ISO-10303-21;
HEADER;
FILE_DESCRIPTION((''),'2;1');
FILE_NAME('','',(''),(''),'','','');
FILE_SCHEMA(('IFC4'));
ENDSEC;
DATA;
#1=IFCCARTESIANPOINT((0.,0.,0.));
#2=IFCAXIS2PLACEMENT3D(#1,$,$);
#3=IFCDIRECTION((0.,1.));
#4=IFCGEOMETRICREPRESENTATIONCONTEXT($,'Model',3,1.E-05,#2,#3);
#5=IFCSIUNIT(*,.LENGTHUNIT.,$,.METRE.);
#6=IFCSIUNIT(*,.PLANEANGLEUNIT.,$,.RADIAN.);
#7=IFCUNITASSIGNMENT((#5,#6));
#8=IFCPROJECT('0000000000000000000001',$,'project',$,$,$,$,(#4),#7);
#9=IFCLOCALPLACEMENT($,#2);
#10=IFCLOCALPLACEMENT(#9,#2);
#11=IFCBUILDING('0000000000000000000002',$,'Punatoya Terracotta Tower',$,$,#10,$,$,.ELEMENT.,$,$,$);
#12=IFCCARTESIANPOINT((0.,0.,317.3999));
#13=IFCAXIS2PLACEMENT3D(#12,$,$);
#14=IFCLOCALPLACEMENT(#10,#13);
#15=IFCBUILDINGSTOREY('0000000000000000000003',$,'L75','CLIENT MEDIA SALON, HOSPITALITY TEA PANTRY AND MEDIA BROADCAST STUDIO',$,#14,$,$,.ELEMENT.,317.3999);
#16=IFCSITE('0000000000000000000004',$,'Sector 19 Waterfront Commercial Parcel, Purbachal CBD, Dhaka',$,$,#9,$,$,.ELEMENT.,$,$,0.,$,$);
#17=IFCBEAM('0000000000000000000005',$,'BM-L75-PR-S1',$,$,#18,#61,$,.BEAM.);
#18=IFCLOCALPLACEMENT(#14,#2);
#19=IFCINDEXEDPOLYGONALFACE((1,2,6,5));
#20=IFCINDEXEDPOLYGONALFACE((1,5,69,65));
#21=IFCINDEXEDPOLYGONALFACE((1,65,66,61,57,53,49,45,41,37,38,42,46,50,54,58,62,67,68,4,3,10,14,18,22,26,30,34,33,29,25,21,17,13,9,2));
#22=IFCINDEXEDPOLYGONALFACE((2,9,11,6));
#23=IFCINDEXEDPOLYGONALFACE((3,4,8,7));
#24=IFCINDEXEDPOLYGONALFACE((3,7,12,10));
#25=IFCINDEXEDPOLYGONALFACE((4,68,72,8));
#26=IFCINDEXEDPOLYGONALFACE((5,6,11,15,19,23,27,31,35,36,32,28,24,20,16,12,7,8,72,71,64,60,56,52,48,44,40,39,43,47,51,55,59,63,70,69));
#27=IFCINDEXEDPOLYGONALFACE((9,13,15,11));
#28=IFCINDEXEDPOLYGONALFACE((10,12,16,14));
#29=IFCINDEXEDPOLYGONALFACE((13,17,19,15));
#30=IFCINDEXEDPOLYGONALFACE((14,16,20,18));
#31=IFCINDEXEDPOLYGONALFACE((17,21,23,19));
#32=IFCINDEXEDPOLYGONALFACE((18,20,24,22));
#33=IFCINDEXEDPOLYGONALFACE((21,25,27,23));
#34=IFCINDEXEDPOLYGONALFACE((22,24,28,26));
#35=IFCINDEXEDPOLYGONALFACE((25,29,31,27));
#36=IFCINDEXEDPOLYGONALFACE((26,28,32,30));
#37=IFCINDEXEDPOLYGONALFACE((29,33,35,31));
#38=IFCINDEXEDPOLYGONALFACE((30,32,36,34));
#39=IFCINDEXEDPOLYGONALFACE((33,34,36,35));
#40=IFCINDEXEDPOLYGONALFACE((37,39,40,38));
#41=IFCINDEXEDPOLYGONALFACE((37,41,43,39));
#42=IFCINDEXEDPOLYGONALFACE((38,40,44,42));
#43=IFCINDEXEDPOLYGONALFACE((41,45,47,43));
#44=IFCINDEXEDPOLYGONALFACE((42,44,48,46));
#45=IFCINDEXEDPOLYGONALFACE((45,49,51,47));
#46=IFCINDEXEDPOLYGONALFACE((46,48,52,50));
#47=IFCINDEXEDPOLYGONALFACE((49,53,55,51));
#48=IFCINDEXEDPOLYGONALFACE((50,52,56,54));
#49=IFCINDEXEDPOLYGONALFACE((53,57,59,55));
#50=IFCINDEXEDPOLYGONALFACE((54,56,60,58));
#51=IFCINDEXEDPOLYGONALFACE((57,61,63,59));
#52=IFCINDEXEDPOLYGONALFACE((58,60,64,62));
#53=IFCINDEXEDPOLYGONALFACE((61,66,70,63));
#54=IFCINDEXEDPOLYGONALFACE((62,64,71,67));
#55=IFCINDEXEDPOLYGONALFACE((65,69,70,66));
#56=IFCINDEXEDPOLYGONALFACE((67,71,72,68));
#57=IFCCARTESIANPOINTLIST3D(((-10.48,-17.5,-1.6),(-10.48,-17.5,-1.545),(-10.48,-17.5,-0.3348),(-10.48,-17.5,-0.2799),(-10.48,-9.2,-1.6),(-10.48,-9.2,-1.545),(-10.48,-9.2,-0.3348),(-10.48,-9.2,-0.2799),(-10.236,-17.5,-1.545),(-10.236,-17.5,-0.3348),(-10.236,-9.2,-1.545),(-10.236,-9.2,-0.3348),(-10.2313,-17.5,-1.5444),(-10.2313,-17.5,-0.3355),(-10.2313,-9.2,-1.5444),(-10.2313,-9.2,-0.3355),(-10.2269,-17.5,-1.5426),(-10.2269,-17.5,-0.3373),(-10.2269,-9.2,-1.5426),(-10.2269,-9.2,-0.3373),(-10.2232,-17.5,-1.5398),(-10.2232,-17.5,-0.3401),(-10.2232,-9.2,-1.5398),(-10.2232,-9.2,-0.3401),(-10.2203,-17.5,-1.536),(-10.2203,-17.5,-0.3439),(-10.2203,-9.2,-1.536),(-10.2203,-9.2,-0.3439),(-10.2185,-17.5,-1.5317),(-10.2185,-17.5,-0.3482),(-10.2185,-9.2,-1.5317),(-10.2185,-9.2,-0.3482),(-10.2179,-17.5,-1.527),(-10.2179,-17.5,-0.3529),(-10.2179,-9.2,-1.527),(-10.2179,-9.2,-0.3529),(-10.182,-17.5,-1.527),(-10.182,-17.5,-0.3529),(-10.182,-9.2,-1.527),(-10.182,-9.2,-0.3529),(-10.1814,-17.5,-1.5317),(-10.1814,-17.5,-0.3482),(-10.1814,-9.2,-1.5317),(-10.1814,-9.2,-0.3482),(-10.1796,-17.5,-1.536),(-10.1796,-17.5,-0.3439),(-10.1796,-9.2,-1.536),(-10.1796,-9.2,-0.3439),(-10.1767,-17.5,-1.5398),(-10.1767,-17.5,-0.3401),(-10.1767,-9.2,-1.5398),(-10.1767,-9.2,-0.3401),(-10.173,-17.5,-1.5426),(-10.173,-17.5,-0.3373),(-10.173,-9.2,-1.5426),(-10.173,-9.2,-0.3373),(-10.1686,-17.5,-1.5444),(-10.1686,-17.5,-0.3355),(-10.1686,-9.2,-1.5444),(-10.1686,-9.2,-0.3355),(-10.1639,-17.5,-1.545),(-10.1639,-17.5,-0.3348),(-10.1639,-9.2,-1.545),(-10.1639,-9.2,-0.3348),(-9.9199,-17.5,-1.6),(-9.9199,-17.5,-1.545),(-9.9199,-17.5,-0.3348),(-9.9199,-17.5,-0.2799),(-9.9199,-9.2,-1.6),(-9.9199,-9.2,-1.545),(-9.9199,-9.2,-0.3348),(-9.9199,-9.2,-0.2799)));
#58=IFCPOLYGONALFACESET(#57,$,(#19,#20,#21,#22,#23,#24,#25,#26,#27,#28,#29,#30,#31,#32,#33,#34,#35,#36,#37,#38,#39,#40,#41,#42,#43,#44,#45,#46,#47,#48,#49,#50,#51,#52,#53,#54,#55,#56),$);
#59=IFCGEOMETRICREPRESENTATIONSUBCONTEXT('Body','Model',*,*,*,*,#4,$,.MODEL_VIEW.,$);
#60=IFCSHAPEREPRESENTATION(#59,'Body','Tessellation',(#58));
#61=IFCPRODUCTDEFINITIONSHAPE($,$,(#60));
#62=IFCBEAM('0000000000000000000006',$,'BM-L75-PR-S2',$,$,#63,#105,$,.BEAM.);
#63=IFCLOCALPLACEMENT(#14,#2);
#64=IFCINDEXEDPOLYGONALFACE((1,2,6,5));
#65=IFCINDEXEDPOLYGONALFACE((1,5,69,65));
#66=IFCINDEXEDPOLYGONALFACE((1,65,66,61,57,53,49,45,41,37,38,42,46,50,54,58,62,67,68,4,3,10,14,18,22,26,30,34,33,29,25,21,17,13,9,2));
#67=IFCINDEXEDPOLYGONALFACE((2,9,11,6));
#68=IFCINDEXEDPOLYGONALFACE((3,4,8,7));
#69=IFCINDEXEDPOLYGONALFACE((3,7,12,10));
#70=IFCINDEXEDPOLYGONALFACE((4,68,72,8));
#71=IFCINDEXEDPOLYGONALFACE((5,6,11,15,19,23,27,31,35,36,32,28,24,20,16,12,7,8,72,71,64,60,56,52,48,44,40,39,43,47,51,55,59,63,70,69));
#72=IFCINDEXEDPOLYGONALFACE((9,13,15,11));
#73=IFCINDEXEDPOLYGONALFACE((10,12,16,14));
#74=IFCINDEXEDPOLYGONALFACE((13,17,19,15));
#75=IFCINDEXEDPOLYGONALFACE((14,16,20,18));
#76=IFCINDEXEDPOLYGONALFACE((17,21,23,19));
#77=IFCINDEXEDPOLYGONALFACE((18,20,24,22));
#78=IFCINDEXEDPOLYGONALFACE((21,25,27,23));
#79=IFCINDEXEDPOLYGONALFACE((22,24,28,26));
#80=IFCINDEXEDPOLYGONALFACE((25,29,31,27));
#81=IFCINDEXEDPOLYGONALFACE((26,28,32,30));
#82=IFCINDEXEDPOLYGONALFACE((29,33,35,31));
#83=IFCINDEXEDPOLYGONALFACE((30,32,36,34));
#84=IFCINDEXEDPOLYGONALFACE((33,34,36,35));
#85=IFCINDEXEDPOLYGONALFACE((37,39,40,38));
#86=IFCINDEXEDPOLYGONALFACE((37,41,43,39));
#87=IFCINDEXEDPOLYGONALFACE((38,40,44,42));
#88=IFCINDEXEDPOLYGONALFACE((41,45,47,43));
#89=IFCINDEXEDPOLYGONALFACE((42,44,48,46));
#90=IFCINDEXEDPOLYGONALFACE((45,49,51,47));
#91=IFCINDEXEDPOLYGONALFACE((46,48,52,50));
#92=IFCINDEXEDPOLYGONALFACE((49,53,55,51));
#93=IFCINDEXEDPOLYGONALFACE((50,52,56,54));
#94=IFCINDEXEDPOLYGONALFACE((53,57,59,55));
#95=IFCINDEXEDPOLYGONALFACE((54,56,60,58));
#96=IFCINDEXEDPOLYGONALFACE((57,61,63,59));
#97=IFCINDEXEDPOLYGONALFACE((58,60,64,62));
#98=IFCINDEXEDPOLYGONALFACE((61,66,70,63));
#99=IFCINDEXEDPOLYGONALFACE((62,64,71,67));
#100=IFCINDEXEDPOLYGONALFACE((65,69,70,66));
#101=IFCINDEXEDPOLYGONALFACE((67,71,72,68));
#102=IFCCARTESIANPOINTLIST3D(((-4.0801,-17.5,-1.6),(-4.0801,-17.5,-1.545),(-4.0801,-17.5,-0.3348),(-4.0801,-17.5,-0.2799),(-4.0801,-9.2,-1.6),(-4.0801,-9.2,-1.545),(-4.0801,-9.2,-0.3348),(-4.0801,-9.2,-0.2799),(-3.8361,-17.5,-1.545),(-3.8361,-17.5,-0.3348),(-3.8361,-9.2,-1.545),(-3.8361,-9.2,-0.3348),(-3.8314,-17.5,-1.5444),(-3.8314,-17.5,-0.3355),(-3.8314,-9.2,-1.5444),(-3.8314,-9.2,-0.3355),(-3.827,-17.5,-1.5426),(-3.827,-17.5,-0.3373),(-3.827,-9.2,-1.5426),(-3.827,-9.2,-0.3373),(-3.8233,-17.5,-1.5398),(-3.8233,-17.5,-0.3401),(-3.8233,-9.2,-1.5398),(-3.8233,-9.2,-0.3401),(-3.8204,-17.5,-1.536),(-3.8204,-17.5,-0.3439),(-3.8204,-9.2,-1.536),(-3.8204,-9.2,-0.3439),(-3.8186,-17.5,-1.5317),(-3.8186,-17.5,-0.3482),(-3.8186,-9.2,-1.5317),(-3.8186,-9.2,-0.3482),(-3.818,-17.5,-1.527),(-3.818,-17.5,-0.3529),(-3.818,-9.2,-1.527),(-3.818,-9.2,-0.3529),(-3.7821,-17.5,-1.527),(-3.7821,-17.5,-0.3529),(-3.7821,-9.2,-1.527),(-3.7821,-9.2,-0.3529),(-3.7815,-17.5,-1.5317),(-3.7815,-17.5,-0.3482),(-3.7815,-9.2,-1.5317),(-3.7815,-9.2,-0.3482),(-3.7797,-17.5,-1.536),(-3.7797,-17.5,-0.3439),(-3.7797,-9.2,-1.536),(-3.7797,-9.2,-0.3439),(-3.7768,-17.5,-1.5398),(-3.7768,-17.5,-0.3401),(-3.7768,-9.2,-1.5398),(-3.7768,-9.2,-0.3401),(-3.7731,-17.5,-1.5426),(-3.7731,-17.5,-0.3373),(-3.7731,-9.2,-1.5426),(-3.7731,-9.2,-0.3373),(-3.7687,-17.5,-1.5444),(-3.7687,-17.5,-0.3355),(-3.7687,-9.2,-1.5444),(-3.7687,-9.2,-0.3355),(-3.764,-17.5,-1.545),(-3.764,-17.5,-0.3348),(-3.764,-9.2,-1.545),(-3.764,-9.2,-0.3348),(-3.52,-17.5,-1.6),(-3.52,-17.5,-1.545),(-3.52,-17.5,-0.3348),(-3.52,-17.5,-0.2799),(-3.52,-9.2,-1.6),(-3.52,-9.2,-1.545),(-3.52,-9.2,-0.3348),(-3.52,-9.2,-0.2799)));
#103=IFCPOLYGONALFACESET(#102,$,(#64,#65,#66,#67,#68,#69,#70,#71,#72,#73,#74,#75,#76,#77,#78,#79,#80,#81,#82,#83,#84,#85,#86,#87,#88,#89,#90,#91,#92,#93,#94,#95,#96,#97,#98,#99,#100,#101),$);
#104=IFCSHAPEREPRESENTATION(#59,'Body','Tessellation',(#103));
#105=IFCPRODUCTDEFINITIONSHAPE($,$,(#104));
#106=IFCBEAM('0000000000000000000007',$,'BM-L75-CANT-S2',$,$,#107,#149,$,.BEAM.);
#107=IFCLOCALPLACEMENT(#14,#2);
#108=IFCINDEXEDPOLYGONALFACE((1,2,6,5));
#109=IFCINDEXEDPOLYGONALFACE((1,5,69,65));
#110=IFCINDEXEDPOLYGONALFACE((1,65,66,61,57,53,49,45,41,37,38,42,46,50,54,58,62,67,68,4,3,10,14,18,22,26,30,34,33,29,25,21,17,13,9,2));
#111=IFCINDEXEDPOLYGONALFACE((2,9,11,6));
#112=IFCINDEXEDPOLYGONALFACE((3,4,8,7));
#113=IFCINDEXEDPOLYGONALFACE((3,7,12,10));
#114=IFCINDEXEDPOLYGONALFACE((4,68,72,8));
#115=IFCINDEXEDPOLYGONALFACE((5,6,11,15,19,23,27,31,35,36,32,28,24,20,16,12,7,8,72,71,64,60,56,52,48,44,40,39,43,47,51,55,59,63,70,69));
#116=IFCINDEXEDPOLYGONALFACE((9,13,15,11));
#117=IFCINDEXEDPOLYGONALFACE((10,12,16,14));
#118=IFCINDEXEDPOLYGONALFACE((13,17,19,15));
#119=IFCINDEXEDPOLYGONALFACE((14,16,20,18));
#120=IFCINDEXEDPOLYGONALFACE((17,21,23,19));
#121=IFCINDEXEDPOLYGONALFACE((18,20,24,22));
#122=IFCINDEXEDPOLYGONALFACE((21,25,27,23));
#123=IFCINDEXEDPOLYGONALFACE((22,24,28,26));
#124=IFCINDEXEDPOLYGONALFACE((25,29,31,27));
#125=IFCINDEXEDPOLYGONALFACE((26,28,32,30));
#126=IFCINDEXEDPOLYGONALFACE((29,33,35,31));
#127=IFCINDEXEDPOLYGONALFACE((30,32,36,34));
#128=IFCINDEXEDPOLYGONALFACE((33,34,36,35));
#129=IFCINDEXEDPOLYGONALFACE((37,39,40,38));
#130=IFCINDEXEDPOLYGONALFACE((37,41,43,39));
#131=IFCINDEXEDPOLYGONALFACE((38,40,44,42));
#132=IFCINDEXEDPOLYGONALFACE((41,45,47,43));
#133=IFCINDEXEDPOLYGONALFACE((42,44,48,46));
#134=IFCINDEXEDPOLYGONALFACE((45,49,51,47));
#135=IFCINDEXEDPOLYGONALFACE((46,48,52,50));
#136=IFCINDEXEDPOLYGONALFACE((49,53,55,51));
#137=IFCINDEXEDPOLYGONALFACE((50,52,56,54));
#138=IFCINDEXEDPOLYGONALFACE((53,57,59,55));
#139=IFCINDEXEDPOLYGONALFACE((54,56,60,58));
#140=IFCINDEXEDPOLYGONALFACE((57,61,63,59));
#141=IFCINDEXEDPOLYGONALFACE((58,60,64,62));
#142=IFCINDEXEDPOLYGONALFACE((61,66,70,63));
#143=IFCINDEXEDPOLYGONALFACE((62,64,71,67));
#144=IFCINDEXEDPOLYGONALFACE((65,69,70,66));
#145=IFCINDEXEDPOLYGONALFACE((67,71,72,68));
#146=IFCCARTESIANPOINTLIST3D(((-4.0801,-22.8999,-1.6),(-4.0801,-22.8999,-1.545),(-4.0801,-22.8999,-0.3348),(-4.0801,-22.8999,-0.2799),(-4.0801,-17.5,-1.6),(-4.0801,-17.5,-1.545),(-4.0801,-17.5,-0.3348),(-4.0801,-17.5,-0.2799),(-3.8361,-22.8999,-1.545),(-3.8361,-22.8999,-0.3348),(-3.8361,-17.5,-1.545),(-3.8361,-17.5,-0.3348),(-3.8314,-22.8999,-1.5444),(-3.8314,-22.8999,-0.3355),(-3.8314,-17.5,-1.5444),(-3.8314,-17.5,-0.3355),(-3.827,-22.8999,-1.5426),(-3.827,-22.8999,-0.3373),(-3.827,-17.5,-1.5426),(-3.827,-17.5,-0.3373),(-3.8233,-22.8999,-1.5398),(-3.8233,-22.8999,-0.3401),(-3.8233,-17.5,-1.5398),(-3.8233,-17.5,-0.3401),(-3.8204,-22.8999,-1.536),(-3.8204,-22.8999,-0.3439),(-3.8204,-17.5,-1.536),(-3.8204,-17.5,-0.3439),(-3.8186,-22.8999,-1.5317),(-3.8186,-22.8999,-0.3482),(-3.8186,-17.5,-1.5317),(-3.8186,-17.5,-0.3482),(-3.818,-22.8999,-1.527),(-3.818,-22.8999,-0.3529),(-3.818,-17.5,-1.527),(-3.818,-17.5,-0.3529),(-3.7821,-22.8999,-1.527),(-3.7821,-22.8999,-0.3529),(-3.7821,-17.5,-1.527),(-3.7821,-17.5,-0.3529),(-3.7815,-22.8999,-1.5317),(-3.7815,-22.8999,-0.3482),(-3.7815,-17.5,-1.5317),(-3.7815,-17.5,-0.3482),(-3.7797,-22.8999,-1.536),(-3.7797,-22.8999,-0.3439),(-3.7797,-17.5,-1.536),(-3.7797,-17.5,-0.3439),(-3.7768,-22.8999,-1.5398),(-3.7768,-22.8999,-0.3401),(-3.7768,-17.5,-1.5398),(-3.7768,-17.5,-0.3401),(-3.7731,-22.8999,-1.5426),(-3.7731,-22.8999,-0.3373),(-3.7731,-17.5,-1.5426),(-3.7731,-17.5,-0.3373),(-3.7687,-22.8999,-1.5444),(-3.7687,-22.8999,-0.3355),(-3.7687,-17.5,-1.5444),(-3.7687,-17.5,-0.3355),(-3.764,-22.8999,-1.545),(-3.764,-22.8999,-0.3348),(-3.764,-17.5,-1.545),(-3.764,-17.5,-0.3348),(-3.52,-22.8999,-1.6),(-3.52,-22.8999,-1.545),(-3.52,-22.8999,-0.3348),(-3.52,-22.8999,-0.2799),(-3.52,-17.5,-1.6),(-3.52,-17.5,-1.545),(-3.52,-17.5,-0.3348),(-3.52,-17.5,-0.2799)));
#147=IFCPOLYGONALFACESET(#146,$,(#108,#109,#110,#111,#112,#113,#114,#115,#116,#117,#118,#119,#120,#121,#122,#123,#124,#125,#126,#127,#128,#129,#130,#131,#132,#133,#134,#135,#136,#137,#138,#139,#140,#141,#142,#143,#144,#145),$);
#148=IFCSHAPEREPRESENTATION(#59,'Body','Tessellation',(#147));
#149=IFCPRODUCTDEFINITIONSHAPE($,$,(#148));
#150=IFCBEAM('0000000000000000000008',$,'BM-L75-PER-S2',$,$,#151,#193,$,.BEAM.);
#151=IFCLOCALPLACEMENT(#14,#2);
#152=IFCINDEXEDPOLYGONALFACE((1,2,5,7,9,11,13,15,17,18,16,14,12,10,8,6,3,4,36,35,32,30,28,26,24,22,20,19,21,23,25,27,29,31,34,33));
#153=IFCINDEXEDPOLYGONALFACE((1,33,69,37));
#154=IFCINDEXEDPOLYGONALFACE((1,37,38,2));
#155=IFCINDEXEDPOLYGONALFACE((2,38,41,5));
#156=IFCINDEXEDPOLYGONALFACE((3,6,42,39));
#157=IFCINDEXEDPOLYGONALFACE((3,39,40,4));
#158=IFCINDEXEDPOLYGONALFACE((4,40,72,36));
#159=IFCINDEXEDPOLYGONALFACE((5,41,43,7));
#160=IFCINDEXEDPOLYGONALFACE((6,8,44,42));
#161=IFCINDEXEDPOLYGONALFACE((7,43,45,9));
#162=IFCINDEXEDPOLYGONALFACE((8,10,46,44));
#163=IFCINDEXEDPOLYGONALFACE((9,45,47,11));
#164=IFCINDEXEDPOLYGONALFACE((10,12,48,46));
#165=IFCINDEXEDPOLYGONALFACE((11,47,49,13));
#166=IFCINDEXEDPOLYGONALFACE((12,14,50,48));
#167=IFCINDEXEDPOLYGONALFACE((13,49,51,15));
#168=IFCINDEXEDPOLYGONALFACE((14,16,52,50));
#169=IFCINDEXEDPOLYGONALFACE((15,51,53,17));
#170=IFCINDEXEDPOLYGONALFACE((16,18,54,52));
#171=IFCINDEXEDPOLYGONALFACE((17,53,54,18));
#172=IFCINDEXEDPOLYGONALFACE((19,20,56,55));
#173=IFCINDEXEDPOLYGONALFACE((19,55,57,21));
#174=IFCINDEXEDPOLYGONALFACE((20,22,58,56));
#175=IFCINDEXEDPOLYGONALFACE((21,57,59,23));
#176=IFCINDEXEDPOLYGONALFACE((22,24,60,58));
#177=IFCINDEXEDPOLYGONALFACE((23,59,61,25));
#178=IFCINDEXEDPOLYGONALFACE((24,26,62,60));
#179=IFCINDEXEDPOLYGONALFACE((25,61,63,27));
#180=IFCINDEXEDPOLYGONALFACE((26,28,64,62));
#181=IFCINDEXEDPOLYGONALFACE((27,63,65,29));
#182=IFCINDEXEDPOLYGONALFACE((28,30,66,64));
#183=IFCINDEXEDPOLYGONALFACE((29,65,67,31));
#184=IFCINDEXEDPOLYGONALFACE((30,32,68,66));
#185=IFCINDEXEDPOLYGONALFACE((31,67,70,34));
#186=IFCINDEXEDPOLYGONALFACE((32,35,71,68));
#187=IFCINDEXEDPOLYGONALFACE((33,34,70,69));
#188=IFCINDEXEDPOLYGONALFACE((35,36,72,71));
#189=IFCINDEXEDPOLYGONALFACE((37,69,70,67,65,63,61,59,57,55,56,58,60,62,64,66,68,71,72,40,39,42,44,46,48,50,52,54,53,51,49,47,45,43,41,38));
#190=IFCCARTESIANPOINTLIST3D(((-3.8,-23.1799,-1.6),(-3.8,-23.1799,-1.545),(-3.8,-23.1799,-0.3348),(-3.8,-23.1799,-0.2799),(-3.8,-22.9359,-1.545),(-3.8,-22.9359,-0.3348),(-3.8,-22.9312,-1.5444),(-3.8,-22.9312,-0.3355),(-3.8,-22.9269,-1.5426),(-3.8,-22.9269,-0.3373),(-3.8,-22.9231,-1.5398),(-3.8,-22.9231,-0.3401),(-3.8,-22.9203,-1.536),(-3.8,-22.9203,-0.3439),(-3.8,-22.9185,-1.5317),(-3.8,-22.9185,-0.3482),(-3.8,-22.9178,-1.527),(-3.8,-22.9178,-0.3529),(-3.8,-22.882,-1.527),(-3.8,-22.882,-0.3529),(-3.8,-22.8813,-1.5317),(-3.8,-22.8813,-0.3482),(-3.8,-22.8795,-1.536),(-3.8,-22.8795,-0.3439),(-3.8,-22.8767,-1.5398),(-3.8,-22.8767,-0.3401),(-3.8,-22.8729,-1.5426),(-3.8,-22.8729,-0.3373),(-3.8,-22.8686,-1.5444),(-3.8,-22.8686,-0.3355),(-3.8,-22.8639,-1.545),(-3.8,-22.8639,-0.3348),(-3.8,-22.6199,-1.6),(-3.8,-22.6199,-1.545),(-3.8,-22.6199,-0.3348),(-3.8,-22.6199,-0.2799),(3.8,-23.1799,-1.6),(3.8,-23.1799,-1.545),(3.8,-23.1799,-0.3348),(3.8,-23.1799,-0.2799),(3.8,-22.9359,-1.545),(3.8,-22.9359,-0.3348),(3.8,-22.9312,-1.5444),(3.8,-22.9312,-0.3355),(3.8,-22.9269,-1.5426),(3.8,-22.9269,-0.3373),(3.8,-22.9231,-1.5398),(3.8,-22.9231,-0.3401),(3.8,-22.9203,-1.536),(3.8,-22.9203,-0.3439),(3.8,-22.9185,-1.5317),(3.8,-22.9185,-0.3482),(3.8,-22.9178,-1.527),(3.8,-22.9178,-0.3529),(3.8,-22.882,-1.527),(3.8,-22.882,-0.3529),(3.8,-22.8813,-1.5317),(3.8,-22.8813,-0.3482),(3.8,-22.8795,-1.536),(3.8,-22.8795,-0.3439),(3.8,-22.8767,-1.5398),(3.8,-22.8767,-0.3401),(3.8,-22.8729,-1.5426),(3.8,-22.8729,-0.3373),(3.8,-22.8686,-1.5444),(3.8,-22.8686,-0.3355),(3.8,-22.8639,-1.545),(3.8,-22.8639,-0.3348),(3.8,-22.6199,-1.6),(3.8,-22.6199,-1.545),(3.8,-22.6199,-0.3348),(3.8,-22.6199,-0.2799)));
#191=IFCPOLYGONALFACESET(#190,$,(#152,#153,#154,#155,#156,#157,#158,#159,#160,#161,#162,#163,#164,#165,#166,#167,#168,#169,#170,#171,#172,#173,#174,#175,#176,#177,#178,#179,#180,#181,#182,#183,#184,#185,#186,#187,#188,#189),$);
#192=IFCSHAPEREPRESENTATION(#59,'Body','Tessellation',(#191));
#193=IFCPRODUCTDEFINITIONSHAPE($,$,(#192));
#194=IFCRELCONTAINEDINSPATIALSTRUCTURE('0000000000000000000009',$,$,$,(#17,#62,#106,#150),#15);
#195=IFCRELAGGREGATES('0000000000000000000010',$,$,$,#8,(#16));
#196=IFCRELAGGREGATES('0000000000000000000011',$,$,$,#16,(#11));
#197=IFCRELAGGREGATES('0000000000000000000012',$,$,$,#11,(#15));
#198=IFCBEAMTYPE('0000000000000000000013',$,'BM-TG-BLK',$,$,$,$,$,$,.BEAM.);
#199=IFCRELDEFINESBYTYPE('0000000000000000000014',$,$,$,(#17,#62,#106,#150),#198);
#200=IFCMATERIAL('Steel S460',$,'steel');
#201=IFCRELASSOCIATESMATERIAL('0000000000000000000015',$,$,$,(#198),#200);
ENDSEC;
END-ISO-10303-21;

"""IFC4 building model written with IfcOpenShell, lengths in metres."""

from ifc_helpers import new_model, si_unit, direction, frame, origin, origin_2d, place, context, subcontext, project, spatial, i_section, extrude, material, material_profile, profile_set, type_object, element, save


model = new_model("IFC4")

# Units and contexts
model_context = context("Model", 3, precision=1e-05, world=origin(), true_north=direction((0.0, 1.0)))
body_context = subcontext(model_context, "Body", "Model", "MODEL_VIEW")
ifc_project = project(units=[si_unit("LENGTHUNIT", "METRE"), si_unit("PLANEANGLEUNIT", "RADIAN")], contexts=[model_context])

# Site, building, storey
site_placement = place(None, origin())
site = spatial("IfcSite", under=ifc_project, at=site_placement, Name="Sector 19 Waterfront Commercial Parcel, Purbachal CBD, Dhaka", CompositionType="ELEMENT", RefElevation=0.0)
building_placement = place(site_placement, origin())
building = spatial("IfcBuilding", under=site, at=building_placement, Name="Punatoya Terracotta Tower", CompositionType="ELEMENT")
storey_placement = place(building_placement, frame((0.0, 0.0, 317.3999)))
storey = spatial("IfcBuildingStorey", under=building, at=storey_placement, Name="L75", Description="CLIENT MEDIA SALON, HOSPITALITY TEA PANTRY AND MEDIA BROADCAST STUDIO", CompositionType="ELEMENT", Elevation=317.3999)

# Shared definitions
ifc_material_1 = material(Name="Steel S460", Category="steel")

# Beams
ifc_material_profile_1 = material_profile(ifc_material_1, i_section(OverallWidth=0.5601, OverallDepth=1.3201, WebThickness=0.0359, FlangeThickness=0.0549, FilletRadius=0.0181, at=origin_2d()))
ifc_profile_set_1 = profile_set([ifc_material_profile_1], Name="Steel S460")
beam_type_1 = type_object("IfcBeamType", Name="BM-TG-BLK", PredefinedType="BEAM", material=ifc_profile_set_1)
for number, where, z_axis, x_axis, name in (
    (1, (-10.2, -17.5, -0.9399), (0.0, 1.0, 0.0), (-1.0, 0.0, 0.0), "BM-L75-PR-S1"),
    (2, (-3.8, -17.5, -0.9399), (0.0, 1.0, 0.0), (-1.0, 0.0, 0.0), "BM-L75-PR-S2"),
):
    element("IfcBeam", number, at=place(storey_placement, frame(where, z_axis=z_axis, x_axis=x_axis)), inside=storey, type_object=beam_type_1, Name=name, PredefinedType="BEAM", context=body_context, shape_type="SweptSolid", body=[
        extrude(i_section(OverallWidth=0.5601, OverallDepth=1.3201, WebThickness=0.0359, FlangeThickness=0.0549, FilletRadius=0.0181, at=origin_2d()), origin(), (0.0, 0.0, 1.0), 8.3),
    ])
beam_1_placement = place(storey_placement, frame((-3.8, -22.8999, -0.9399), z_axis=(0.0, 1.0, 0.0), x_axis=(-1.0, 0.0, 0.0)))
element("IfcBeam", 3, at=beam_1_placement, inside=storey, type_object=beam_type_1, Name="BM-L75-CANT-S2", PredefinedType="BEAM", context=body_context, shape_type="SweptSolid", body=[
    extrude(i_section(OverallWidth=0.5601, OverallDepth=1.3201, WebThickness=0.0359, FlangeThickness=0.0549, FilletRadius=0.0181, at=origin_2d()), origin(), (0.0, 0.0, 1.0), 5.3999),
])
beam_2_placement = place(storey_placement, frame((-3.8, -22.8999, -0.9399), z_axis=(1.0, 0.0, 0.0), x_axis=(0.0, 1.0, 0.0)))
element("IfcBeam", 4, at=beam_2_placement, inside=storey, type_object=beam_type_1, Name="BM-L75-PER-S2", PredefinedType="BEAM", context=body_context, shape_type="SweptSolid", body=[
    extrude(i_section(OverallWidth=0.5601, OverallDepth=1.3201, WebThickness=0.0359, FlangeThickness=0.0549, FilletRadius=0.0181, at=origin_2d()), origin(), (0.0, 0.0, 1.0), 7.6001),
])

save(model, "model.ifc")
